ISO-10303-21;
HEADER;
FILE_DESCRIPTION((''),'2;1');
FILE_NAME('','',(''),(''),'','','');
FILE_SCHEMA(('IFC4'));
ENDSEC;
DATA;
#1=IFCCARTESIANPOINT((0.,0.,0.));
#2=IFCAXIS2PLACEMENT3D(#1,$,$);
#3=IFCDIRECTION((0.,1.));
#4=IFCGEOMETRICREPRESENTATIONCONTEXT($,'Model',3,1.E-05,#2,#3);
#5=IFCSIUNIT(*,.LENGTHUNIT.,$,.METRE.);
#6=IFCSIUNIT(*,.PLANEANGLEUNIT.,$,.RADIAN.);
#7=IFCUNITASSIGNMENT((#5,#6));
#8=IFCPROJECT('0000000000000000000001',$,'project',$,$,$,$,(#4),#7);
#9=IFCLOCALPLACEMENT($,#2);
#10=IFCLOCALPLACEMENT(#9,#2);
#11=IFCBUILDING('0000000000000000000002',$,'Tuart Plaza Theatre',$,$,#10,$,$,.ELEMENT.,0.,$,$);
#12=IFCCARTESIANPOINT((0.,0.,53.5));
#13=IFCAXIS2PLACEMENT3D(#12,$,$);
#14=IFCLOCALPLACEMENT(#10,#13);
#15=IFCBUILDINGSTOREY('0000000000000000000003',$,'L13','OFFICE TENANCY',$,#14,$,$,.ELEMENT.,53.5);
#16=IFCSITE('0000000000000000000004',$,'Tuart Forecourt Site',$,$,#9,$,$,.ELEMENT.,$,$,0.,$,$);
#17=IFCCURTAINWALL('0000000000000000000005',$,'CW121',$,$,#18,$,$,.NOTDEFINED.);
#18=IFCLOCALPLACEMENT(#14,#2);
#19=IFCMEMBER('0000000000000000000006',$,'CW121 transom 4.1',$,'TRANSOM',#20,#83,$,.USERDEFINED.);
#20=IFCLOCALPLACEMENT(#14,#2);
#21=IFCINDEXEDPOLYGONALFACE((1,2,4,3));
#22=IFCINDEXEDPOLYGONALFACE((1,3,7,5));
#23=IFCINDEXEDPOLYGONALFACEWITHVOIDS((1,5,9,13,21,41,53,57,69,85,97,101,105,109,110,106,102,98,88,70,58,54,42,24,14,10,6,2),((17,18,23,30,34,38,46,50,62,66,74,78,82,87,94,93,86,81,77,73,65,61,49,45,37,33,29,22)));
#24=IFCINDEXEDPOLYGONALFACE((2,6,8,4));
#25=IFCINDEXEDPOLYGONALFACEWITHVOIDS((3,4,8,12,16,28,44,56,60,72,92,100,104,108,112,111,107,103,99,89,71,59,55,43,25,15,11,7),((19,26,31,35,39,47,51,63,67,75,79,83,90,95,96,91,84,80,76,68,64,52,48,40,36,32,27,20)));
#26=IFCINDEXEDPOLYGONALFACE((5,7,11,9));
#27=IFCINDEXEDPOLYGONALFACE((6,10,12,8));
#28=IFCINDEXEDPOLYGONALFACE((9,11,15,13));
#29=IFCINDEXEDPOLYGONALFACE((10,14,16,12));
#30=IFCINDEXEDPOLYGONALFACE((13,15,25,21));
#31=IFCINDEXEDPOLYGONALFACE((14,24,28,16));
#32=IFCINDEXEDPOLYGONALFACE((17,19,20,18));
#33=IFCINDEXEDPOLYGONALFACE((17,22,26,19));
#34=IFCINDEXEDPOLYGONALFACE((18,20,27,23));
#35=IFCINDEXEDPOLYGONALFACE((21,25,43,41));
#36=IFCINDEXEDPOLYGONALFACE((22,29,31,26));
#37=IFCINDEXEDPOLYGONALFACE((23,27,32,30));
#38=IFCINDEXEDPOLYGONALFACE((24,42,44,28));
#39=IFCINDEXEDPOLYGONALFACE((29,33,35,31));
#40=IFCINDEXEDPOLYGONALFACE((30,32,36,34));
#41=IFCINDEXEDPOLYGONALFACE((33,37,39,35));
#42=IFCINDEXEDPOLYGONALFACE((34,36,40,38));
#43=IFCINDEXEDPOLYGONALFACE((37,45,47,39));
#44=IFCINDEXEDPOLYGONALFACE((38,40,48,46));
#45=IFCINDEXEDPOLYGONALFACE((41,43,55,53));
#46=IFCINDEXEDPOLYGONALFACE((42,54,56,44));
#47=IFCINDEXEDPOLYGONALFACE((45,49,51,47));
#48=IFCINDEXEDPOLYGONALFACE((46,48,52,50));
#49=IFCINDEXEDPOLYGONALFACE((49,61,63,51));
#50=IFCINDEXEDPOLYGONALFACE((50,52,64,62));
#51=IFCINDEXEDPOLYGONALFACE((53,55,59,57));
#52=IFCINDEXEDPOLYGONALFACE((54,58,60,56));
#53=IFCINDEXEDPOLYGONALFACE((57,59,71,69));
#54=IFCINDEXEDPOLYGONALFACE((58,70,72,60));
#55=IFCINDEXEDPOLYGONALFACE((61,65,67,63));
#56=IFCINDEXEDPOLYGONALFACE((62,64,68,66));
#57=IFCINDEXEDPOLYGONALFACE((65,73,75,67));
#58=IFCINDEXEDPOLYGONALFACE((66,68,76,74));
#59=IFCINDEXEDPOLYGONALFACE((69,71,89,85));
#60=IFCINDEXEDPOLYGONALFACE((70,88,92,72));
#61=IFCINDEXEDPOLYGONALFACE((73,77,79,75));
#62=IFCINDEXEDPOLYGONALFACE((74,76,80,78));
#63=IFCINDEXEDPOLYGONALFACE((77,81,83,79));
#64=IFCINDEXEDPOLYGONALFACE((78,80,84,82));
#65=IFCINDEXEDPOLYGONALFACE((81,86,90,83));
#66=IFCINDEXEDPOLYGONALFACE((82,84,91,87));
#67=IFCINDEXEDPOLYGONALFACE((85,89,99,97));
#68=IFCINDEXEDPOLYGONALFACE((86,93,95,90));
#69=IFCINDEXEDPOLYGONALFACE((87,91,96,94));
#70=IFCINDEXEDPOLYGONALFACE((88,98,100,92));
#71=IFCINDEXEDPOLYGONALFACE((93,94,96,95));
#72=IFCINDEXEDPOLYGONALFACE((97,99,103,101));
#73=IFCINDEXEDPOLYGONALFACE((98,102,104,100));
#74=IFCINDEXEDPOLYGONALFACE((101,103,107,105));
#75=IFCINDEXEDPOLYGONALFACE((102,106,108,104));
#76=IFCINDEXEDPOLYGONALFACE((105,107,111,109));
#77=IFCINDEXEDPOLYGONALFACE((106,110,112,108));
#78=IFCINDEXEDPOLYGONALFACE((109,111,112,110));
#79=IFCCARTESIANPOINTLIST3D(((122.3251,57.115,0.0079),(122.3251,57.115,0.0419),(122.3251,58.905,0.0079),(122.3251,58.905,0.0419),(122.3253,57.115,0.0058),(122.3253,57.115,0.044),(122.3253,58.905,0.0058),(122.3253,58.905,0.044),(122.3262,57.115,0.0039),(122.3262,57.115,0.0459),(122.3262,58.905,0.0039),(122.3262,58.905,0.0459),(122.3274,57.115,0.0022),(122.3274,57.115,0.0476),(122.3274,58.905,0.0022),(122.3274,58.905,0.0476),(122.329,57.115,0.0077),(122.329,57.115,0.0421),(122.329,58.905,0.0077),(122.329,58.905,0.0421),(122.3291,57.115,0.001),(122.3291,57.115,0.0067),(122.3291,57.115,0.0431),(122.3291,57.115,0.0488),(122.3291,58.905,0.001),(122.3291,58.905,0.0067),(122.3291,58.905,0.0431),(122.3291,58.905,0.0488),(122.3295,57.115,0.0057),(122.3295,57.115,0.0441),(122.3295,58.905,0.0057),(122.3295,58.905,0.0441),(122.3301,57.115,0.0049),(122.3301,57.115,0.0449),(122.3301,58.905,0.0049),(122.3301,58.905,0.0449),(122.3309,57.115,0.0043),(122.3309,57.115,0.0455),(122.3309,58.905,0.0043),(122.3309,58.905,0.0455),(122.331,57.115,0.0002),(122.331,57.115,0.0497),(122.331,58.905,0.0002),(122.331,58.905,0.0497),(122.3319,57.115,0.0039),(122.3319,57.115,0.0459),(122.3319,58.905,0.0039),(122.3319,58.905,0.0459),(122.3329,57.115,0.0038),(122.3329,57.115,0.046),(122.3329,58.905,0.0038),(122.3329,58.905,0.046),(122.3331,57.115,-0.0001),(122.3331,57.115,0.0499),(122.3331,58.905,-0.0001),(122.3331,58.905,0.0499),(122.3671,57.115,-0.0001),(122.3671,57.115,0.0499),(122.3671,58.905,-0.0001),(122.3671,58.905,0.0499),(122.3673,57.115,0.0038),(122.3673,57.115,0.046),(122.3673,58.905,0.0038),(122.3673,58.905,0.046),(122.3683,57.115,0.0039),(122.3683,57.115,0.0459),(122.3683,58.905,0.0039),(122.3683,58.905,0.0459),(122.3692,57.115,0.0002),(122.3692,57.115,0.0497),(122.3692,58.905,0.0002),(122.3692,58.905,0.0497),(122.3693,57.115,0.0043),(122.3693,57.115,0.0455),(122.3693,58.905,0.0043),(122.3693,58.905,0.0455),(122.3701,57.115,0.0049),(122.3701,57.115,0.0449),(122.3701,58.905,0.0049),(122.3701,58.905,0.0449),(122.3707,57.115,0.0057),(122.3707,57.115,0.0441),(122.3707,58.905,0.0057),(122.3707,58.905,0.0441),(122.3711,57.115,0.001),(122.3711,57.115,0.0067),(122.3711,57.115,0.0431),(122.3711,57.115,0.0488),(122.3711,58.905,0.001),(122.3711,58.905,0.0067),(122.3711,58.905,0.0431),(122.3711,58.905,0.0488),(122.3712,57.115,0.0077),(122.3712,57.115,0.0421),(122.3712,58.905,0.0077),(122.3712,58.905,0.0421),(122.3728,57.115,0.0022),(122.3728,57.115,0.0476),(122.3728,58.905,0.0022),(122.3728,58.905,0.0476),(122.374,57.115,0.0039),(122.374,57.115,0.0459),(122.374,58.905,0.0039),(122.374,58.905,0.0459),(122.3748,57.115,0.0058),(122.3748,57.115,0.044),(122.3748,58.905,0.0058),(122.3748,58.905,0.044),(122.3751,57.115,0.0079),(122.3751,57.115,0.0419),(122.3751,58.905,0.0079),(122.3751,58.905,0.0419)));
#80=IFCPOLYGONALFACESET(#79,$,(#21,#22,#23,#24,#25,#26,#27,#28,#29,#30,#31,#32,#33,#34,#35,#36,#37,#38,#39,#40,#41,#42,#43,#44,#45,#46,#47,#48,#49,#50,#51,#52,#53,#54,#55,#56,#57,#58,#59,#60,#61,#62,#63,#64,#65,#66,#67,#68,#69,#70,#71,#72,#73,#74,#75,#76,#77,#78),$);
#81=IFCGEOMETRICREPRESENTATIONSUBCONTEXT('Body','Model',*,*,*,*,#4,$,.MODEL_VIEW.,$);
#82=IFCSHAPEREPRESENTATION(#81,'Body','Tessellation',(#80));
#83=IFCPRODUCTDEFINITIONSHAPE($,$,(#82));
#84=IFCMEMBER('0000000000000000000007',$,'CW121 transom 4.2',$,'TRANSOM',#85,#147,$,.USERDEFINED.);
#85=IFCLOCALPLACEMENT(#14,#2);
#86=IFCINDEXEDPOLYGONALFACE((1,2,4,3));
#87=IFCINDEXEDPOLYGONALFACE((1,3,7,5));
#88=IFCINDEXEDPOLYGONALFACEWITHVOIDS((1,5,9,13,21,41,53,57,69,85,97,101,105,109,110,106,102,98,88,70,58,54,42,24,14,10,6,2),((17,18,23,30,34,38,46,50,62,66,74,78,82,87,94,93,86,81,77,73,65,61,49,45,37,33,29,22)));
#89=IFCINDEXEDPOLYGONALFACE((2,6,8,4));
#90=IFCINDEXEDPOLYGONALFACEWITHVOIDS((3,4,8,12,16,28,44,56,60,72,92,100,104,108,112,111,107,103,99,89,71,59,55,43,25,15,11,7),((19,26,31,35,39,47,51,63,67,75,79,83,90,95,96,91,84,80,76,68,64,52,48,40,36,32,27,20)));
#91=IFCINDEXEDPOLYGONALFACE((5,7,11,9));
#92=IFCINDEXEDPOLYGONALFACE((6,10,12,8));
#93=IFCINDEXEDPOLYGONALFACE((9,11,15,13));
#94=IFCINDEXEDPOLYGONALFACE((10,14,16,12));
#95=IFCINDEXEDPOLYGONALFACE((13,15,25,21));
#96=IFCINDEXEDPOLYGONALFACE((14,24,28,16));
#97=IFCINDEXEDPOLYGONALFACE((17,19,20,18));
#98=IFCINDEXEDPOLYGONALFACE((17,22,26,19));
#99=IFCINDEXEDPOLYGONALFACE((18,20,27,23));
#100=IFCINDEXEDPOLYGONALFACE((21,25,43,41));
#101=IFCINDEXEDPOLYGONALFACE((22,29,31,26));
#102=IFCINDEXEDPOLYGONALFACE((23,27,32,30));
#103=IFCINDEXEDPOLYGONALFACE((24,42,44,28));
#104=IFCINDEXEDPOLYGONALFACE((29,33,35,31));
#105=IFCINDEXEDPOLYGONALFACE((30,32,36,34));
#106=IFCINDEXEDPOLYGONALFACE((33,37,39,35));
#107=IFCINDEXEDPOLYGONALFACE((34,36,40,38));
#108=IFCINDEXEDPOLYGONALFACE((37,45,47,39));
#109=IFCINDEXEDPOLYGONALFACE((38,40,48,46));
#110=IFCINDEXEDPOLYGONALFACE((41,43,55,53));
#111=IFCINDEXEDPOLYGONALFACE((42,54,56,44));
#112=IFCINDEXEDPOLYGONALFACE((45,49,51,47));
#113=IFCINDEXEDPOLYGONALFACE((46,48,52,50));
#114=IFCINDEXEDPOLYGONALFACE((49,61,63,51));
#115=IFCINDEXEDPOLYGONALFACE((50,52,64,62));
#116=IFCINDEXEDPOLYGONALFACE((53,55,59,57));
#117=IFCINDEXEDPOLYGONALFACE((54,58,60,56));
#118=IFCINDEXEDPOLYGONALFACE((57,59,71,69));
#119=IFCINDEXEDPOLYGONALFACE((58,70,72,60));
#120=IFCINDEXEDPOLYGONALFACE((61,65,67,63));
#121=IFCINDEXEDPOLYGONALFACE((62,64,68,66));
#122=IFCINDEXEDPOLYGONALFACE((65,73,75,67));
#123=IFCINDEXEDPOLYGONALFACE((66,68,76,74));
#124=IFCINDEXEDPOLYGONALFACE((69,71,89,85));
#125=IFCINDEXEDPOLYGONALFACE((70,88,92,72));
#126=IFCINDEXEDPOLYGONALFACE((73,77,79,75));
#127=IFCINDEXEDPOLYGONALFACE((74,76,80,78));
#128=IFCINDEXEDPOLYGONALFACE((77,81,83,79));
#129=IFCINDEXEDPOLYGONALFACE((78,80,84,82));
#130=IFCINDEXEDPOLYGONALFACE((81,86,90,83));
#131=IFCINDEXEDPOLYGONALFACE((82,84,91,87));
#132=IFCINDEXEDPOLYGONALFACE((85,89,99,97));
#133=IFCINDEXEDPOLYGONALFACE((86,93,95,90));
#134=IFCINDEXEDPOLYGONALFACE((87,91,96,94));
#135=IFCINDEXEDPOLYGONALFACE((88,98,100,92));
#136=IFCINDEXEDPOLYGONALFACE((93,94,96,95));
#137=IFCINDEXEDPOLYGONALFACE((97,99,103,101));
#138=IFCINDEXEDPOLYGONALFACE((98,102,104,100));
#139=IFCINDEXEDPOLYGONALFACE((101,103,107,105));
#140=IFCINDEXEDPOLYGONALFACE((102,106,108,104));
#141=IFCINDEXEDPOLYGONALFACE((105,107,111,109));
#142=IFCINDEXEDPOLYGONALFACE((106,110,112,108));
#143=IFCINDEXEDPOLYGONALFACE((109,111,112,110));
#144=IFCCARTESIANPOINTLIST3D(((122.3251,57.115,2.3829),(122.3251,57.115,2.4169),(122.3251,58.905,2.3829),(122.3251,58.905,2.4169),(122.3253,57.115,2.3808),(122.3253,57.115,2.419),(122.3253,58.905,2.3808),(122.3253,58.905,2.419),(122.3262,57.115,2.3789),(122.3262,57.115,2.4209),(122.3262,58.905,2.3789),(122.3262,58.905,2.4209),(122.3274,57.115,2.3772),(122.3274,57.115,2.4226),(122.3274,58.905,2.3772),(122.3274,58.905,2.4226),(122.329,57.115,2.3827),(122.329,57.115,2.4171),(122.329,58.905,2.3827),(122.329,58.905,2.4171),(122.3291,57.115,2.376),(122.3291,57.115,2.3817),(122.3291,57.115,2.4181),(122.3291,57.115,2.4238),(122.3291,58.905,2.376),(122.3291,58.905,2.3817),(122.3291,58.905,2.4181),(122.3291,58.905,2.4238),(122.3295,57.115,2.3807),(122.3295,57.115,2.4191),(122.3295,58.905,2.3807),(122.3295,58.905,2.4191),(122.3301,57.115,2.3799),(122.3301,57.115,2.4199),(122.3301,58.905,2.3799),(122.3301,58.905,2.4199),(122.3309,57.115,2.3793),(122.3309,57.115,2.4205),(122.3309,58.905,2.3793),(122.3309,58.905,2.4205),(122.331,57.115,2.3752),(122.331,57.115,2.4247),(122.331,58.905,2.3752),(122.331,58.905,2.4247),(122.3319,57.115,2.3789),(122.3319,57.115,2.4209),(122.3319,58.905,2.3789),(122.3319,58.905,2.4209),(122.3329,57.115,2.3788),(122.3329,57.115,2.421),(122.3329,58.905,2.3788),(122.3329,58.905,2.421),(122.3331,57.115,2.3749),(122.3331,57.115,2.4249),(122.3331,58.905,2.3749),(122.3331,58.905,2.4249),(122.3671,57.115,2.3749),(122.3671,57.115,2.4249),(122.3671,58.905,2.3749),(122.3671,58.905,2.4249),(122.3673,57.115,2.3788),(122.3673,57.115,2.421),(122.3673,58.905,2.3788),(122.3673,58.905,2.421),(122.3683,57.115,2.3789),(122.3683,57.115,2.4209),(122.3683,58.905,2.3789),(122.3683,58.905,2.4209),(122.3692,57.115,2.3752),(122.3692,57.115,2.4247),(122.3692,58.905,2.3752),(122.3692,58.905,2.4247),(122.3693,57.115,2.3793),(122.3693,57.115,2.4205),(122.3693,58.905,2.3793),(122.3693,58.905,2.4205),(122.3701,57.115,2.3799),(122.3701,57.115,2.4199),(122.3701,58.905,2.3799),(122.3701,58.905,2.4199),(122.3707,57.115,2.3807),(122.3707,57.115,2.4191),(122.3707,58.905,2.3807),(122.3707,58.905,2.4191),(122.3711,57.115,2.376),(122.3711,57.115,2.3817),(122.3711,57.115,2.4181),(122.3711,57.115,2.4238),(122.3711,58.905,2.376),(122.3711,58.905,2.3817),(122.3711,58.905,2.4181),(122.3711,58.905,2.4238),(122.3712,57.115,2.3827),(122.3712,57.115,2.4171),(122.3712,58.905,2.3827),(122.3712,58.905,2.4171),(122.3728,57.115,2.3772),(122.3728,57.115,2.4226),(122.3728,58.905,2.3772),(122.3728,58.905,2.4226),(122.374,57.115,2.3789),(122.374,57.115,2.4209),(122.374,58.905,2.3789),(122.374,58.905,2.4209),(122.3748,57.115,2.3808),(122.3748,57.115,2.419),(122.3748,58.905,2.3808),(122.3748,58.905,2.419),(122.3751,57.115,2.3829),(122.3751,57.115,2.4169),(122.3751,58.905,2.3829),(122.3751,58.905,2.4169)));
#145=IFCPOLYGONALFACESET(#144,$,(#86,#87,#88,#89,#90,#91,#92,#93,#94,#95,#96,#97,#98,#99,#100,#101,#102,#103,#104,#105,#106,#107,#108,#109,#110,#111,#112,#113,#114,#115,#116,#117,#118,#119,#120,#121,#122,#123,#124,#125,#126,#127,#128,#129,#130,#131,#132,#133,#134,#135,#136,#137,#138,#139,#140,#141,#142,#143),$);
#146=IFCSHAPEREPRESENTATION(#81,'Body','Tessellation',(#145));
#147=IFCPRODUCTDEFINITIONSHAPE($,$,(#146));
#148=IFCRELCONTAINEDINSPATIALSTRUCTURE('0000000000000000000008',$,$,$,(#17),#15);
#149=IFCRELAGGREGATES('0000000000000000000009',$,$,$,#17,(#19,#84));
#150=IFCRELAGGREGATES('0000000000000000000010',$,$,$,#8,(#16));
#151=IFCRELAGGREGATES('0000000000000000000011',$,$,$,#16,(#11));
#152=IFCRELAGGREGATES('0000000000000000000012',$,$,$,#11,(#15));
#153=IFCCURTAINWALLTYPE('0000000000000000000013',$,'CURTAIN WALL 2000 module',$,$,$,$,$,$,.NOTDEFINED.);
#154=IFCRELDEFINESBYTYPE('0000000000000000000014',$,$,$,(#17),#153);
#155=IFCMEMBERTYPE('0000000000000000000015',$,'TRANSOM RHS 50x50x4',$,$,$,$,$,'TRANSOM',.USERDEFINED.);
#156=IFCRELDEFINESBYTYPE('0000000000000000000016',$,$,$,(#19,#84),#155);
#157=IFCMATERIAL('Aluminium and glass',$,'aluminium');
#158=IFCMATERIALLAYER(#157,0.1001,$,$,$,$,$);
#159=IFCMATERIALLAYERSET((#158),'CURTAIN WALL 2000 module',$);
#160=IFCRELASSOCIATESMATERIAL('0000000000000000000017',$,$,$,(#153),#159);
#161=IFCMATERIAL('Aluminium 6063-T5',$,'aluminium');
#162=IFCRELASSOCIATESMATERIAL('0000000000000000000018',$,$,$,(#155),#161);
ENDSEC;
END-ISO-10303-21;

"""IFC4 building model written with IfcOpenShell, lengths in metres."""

from ifc_helpers import new_model, si_unit, direction, frame, origin, origin_2d, place, context, subcontext, project, spatial, hollow_rectangle, extrude, material, layer, layer_set, material_profile, profile_set, type_object, element, aggregate, save


model = new_model("IFC4")

# Units and contexts
model_context = context("Model", 3, precision=1e-05, world=origin(), true_north=direction((0.0, 1.0)))
body_context = subcontext(model_context, "Body", "Model", "MODEL_VIEW")
ifc_project = project(units=[si_unit("LENGTHUNIT", "METRE"), si_unit("PLANEANGLEUNIT", "RADIAN")], contexts=[model_context])

# Site, building, storey
site_placement = place(None, origin())
site = spatial("IfcSite", under=ifc_project, at=site_placement, Name="Tuart Forecourt Site", CompositionType="ELEMENT", RefElevation=0.0)
building_placement = place(site_placement, origin())
building = spatial("IfcBuilding", under=site, at=building_placement, Name="Tuart Plaza Theatre", CompositionType="ELEMENT", ElevationOfRefHeight=0.0)
storey_placement = place(building_placement, frame((0.0, 0.0, 53.5)))
storey = spatial("IfcBuildingStorey", under=building, at=storey_placement, Name="L13", Description="OFFICE TENANCY", CompositionType="ELEMENT", Elevation=53.5)

# Curtain wall
ifc_material_1 = material(Name="Aluminium and glass", Category="aluminium")
ifc_layer_1 = layer(ifc_material_1, 0.1001)
ifc_layer_set_1 = layer_set([ifc_layer_1], Name="CURTAIN WALL 2000 module")
curtain_wall_type = type_object("IfcCurtainWallType", Name="CURTAIN WALL 2000 module", PredefinedType="NOTDEFINED", material=ifc_layer_set_1)
curtain_wall_1_placement = place(storey_placement, origin())
curtain_wall_1 = element("IfcCurtainWall", 1, at=curtain_wall_1_placement, inside=storey, type_object=curtain_wall_type, Name="CW121", PredefinedType="NOTDEFINED")

# Members
ifc_material_2 = material(Name="Aluminium 6063-T5", Category="aluminium")
ifc_material_profile_1 = material_profile(ifc_material_2, hollow_rectangle(XDim=0.05, YDim=0.05, WallThickness=0.0039, InnerFilletRadius=0.0039, OuterFilletRadius=0.0081, at=origin_2d()), Name="RHS 50x50x4")
ifc_profile_set_1 = profile_set([ifc_material_profile_1], Name="Aluminium 6063-T5")
member_type_1 = type_object("IfcMemberType", Name="TRANSOM RHS 50x50x4", ElementType="TRANSOM", PredefinedType="USERDEFINED", material=ifc_profile_set_1)
member_1_placement = place(storey_placement, frame((122.3501, 58.905, 0.0249), z_axis=(0.0, -1.0, 0.0), x_axis=(1.0, 0.0, 0.0)))
member_1 = element("IfcMember", 2, at=member_1_placement, type_object=member_type_1, Name="CW121 transom 4.1", ObjectType="TRANSOM", PredefinedType="USERDEFINED", context=body_context, shape_type="SweptSolid", body=[
    extrude(hollow_rectangle(XDim=0.05, YDim=0.05, WallThickness=0.0039, InnerFilletRadius=0.0039, OuterFilletRadius=0.0081, at=origin_2d()), origin(), (0.0, 0.0, 1.0), 1.79),
])
member_2_placement = place(storey_placement, frame((122.3501, 58.905, 2.3999), z_axis=(0.0, -1.0, 0.0), x_axis=(1.0, 0.0, 0.0)))
member_2 = element("IfcMember", 3, at=member_2_placement, type_object=member_type_1, Name="CW121 transom 4.2", ObjectType="TRANSOM", PredefinedType="USERDEFINED", context=body_context, shape_type="SweptSolid", body=[
    extrude(hollow_rectangle(XDim=0.05, YDim=0.05, WallThickness=0.0039, InnerFilletRadius=0.0039, OuterFilletRadius=0.0081, at=origin_2d()), origin(), (0.0, 0.0, 1.0), 1.79),
])

aggregate(curtain_wall_1, [member_1, member_2])

save(model, "model.ifc")
